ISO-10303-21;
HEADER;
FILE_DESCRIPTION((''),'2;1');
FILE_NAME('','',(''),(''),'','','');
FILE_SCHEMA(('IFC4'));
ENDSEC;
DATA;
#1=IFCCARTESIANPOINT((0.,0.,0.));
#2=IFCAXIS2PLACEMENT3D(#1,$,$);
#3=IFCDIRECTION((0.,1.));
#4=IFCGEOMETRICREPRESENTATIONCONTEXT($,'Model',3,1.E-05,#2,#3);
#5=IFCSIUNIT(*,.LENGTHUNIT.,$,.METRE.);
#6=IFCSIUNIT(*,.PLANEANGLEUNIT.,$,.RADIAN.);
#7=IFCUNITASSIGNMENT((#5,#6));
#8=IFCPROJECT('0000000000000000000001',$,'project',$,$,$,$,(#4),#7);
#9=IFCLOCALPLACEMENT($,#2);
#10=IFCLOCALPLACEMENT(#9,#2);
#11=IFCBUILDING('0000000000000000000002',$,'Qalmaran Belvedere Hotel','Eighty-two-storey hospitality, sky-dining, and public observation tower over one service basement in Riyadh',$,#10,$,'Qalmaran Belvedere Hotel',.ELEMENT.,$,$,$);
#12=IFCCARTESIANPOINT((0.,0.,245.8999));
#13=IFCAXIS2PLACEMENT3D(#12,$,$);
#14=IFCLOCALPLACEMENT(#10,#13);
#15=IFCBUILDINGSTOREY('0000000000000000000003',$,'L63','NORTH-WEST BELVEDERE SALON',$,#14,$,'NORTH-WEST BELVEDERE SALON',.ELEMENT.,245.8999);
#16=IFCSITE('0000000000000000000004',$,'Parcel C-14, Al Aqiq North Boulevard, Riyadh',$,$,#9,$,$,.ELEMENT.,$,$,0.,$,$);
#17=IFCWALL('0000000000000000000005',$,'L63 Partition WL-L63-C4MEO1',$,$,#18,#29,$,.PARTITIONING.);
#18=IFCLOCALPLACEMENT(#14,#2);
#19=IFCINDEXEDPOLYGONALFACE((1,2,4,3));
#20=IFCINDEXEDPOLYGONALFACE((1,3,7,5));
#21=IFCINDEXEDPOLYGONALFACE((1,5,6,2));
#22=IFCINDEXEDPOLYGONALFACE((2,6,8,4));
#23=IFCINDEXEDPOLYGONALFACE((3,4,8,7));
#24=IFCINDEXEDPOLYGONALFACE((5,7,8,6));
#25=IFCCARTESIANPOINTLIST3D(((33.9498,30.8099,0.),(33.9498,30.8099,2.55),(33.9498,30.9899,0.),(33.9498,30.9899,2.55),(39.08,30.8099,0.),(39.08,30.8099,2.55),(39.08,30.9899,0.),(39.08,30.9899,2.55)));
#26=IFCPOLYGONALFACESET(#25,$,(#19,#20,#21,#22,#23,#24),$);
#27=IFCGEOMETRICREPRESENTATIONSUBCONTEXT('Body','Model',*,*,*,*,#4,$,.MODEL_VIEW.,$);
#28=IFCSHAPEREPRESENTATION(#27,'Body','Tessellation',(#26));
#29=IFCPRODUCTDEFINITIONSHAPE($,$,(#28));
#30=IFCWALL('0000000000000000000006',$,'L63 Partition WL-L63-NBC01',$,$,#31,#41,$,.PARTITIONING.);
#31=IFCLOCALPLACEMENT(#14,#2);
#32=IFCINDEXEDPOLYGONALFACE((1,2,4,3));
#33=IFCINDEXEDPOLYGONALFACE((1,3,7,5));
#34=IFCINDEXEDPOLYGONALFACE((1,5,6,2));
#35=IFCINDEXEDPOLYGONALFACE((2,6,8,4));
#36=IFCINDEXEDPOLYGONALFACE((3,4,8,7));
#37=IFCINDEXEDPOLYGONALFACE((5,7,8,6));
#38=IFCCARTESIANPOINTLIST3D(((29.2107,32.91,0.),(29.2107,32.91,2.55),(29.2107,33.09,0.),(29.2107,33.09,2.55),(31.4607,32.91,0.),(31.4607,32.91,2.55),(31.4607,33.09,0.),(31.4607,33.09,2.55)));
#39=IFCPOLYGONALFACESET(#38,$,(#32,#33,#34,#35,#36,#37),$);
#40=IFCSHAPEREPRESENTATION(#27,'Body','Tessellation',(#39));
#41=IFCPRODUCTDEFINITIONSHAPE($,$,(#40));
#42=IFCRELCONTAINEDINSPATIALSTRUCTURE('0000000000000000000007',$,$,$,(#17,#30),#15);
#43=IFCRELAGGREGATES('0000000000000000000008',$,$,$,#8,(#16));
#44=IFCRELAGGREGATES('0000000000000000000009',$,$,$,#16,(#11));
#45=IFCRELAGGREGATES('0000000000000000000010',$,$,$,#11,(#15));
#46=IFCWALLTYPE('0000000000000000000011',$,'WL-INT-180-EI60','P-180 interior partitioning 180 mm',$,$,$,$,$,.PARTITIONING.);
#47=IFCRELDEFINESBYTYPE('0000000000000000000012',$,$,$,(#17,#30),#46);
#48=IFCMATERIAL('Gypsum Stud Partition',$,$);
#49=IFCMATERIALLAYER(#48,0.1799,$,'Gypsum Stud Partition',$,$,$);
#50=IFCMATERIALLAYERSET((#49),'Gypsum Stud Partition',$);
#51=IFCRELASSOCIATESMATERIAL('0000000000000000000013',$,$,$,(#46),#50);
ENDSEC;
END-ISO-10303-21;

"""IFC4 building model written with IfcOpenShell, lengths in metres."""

from ifc_helpers import new_model, si_unit, direction, frame, frame_2d, origin, place, context, subcontext, project, spatial, rectangle, extrude, material, layer, layer_set, type_object, element, save


model = new_model("IFC4")

# Units and contexts
model_context = context("Model", 3, precision=1e-05, world=origin(), true_north=direction((0.0, 1.0)))
body_context = subcontext(model_context, "Body", "Model", "MODEL_VIEW")
ifc_project = project(units=[si_unit("LENGTHUNIT", "METRE"), si_unit("PLANEANGLEUNIT", "RADIAN")], contexts=[model_context])

# Site, building, storey
site_placement = place(None, origin())
site = spatial("IfcSite", under=ifc_project, at=site_placement, Name="Parcel C-14, Al Aqiq North Boulevard, Riyadh", CompositionType="ELEMENT", RefElevation=0.0)
building_placement = place(site_placement, origin())
building = spatial("IfcBuilding", under=site, at=building_placement, Name="Qalmaran Belvedere Hotel", Description="Eighty-two-storey hospitality, sky-dining, and public observation tower over one service basement in Riyadh", LongName="Qalmaran Belvedere Hotel", CompositionType="ELEMENT")
storey_placement = place(building_placement, frame((0.0, 0.0, 245.8999)))
storey = spatial("IfcBuildingStorey", under=building, at=storey_placement, Name="L63", Description="NORTH-WEST BELVEDERE SALON", LongName="NORTH-WEST BELVEDERE SALON", CompositionType="ELEMENT", Elevation=245.8999)

# Shared definitions
ifc_material_1 = material(Name="Gypsum Stud Partition")

# Shared definitions
ifc_layer_1 = layer(ifc_material_1, 0.1799, Name="Gypsum Stud Partition")
ifc_layer_set_1 = layer_set([ifc_layer_1], Name="Gypsum Stud Partition")
wall_type_1 = type_object("IfcWallType", Name="WL-INT-180-EI60", Description="P-180 interior partitioning 180 mm", PredefinedType="PARTITIONING", material=ifc_layer_set_1)

# Walls
wall_1_placement = place(storey_placement, frame((33.95, 30.8999, 0.0), z_axis=(0.0, 0.0, 1.0), x_axis=(1.0, 0.0, 0.0)))
element("IfcWall", 1, at=wall_1_placement, inside=storey, type_object=wall_type_1, Name="L63 Partition WL-L63-C4MEO1", PredefinedType="PARTITIONING", context=body_context, shape_type="SweptSolid", body=[
    extrude(rectangle(XDim=5.1301, YDim=0.1799, at=frame_2d((2.5649, 0.0))), origin(), (0.0, 0.0, 1.0), 2.55),
])
wall_2_placement = place(storey_placement, frame((29.2107, 33.0, 0.0), z_axis=(0.0, 0.0, 1.0), x_axis=(1.0, 0.0, 0.0)))
element("IfcWall", 2, at=wall_2_placement, inside=storey, type_object=wall_type_1, Name="L63 Partition WL-L63-NBC01", PredefinedType="PARTITIONING", context=body_context, shape_type="SweptSolid", body=[
    extrude(rectangle(XDim=2.25, YDim=0.1799, at=frame_2d((1.125, 0.0))), origin(), (0.0, 0.0, 1.0), 2.55),
])

save(model, "model.ifc")
